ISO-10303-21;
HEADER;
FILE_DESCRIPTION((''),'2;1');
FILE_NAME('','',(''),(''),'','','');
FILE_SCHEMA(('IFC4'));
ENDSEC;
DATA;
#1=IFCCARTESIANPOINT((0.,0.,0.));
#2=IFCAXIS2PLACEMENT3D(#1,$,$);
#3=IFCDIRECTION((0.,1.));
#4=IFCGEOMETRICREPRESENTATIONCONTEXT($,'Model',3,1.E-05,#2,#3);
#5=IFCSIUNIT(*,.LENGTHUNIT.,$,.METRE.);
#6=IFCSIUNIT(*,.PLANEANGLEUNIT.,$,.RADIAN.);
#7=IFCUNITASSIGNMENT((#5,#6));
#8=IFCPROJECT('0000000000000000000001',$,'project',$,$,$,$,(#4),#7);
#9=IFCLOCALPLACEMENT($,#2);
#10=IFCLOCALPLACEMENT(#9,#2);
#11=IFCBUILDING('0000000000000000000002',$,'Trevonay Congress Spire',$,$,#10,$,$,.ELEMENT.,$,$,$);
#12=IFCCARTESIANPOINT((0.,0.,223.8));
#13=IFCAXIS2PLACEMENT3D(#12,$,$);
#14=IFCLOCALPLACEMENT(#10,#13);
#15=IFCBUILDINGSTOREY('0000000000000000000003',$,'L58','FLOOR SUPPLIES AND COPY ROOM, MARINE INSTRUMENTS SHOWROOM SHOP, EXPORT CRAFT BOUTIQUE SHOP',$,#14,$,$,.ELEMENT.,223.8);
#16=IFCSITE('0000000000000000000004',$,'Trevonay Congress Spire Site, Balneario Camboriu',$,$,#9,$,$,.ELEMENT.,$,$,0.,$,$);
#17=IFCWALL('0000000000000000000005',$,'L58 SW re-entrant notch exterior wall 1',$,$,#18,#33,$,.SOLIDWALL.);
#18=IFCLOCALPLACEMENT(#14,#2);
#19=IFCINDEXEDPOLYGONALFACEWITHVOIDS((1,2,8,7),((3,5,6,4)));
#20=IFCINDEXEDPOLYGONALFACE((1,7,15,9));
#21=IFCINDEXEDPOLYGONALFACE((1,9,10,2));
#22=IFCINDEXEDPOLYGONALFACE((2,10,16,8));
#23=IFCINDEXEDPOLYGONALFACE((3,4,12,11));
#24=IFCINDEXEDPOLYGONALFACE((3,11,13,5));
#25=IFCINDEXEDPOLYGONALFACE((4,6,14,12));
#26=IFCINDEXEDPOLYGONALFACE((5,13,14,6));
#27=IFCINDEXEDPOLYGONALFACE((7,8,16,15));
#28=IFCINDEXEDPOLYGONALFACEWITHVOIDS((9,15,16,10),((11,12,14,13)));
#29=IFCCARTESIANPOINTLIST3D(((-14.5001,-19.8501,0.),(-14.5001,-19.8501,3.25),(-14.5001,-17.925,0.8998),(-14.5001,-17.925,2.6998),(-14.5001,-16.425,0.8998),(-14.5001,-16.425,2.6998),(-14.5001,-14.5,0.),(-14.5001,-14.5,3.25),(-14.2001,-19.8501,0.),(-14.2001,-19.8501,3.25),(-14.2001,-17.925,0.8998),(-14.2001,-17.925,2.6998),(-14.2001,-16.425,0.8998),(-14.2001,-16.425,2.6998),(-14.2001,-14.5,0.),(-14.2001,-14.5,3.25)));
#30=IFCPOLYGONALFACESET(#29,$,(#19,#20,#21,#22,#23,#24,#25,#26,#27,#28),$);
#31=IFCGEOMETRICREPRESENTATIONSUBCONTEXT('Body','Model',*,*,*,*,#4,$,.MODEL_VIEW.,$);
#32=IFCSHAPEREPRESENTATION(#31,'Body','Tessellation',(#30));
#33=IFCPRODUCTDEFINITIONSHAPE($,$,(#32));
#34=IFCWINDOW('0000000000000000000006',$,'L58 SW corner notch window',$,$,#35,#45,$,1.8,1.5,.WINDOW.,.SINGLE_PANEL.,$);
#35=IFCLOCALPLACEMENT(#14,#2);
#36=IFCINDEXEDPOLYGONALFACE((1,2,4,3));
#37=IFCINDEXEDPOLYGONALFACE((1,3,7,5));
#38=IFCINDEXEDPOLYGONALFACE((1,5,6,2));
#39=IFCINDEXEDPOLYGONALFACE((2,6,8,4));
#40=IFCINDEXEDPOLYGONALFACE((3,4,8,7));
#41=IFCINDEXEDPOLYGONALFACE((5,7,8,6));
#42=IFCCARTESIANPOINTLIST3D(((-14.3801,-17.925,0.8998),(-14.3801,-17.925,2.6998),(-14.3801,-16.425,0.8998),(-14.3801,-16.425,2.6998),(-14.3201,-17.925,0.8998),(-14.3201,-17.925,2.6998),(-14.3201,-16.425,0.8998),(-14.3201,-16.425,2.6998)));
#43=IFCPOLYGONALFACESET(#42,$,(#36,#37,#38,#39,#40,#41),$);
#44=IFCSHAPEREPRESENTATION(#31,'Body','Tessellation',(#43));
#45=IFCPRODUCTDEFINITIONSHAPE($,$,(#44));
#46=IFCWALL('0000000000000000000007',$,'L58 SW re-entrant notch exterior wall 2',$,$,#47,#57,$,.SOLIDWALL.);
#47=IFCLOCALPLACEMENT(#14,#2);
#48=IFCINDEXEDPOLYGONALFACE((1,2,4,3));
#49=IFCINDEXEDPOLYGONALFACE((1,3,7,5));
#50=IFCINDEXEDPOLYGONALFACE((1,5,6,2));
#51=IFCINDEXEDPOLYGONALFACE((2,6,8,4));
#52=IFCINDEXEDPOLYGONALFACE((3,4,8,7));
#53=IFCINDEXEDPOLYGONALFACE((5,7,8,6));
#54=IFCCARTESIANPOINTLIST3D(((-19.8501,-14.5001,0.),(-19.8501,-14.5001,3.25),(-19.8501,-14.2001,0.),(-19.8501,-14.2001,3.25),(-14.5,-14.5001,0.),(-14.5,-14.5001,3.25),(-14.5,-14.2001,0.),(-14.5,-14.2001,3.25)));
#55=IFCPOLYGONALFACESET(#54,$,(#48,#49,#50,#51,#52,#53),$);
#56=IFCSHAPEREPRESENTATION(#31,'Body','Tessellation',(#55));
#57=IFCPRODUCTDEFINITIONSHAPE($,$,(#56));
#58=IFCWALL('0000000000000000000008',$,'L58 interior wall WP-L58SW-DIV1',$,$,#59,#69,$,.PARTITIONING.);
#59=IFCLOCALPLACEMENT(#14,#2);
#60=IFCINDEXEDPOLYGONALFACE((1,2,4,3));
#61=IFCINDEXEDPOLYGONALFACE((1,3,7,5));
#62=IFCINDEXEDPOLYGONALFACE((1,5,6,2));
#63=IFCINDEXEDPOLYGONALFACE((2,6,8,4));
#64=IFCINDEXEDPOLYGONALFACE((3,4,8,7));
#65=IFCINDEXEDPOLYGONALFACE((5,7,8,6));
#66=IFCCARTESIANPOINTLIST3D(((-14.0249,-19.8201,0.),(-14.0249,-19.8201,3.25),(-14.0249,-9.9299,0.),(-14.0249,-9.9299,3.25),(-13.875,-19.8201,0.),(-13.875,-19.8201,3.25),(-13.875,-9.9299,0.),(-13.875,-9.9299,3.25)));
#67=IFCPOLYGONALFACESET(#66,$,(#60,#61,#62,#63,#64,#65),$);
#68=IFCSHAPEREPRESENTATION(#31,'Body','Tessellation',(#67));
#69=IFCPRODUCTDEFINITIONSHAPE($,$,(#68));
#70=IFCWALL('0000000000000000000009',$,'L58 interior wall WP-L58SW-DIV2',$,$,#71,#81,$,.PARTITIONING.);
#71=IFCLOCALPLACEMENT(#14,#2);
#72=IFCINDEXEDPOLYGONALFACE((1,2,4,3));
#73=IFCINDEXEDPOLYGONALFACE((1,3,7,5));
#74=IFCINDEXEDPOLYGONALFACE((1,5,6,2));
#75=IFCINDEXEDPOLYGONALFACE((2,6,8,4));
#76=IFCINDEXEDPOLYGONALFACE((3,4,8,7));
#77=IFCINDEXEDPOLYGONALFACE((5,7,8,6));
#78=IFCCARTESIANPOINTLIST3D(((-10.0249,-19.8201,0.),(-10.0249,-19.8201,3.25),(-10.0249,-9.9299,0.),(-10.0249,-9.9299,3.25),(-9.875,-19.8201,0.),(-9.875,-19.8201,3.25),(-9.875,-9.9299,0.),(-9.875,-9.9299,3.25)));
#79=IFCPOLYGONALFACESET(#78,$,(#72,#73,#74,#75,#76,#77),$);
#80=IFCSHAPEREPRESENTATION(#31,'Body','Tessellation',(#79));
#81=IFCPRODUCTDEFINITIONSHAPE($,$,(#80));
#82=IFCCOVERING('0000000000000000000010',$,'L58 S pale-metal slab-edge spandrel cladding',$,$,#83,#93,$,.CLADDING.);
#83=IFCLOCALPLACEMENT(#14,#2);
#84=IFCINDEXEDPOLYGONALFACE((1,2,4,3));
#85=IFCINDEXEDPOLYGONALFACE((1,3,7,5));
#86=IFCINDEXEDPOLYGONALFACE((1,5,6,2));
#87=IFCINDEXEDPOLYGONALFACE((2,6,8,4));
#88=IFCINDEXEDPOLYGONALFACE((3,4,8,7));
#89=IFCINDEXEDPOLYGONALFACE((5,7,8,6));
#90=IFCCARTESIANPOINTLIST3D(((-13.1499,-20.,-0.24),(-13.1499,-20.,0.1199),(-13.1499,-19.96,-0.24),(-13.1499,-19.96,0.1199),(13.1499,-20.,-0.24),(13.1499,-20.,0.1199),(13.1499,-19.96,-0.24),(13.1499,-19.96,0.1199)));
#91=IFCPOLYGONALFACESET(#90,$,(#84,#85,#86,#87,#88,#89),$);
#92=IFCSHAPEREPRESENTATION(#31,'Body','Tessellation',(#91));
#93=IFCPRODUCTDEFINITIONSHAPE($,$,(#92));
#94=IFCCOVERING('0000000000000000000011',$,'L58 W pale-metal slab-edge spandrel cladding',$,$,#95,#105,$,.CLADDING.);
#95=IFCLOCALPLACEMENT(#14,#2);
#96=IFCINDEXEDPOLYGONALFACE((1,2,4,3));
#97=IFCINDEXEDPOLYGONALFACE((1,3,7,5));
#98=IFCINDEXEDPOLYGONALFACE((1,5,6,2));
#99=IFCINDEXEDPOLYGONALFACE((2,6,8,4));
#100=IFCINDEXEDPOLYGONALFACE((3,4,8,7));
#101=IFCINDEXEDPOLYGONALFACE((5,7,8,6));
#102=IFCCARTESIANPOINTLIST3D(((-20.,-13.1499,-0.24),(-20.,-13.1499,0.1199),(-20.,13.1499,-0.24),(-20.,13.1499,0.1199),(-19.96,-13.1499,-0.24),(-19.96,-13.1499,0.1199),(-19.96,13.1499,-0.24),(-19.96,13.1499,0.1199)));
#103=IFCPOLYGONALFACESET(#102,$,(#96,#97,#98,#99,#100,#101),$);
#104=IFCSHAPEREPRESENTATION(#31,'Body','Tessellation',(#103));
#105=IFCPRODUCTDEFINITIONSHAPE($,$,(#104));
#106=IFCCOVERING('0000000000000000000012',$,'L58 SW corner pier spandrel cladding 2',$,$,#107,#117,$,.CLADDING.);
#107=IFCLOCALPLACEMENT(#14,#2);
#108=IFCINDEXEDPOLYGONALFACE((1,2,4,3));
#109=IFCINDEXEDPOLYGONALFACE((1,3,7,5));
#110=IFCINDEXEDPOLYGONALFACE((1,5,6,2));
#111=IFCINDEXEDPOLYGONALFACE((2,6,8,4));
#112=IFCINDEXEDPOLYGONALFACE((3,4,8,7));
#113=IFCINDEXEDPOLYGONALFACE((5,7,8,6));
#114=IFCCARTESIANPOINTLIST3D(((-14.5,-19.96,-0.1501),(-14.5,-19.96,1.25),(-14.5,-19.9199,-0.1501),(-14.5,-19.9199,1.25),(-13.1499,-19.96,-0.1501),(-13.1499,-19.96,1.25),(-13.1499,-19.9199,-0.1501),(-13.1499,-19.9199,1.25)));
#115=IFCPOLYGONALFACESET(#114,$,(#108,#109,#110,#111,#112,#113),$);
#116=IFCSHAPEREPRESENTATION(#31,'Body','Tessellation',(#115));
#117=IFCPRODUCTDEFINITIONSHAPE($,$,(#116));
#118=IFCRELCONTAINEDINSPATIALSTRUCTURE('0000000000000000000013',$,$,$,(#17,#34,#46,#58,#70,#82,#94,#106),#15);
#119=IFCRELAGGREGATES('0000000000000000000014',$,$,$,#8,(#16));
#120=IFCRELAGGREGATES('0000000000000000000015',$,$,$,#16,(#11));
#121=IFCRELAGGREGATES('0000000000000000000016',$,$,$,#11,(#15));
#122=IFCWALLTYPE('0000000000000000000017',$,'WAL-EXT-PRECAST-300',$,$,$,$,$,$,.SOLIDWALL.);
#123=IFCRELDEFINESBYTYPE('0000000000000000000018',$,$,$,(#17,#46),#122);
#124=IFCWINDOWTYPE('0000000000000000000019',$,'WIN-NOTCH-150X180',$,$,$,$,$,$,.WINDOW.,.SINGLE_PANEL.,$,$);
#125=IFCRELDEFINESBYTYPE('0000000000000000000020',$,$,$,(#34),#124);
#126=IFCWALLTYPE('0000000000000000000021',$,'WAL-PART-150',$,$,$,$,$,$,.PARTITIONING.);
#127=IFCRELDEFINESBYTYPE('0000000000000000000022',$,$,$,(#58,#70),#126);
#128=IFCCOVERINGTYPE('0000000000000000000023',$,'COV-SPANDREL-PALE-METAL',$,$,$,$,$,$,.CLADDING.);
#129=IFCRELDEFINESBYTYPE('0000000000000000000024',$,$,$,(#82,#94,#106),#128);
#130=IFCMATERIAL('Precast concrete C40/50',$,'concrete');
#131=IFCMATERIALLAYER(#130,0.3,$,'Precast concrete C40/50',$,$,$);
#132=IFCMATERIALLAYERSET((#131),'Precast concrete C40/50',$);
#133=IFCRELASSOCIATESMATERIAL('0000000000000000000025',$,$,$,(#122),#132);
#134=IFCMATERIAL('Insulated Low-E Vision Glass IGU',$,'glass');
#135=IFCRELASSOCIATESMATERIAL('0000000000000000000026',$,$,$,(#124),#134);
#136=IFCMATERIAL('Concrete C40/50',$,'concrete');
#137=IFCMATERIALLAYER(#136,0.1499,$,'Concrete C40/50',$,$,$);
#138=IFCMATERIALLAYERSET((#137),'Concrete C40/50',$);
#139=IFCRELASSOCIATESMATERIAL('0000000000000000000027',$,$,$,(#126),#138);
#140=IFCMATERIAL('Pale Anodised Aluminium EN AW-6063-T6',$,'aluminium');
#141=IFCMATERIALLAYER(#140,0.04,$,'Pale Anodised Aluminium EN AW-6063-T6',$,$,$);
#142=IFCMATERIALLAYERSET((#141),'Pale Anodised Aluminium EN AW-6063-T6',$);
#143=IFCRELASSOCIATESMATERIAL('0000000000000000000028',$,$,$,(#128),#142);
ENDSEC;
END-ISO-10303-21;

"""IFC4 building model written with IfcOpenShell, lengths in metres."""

from ifc_helpers import new_model, si_unit, direction, frame, frame_2d, origin, place, context, subcontext, project, spatial, rectangle, extrude, material, layer, layer_set, type_object, element, fill, save


model = new_model("IFC4")

# Units and contexts
model_context = context("Model", 3, precision=1e-05, world=origin(), true_north=direction((0.0, 1.0)))
body_context = subcontext(model_context, "Body", "Model", "MODEL_VIEW")
ifc_project = project(units=[si_unit("LENGTHUNIT", "METRE"), si_unit("PLANEANGLEUNIT", "RADIAN")], contexts=[model_context])

# Site, building, storey
site_placement = place(None, origin())
site = spatial("IfcSite", under=ifc_project, at=site_placement, Name="Trevonay Congress Spire Site, Balneario Camboriu", CompositionType="ELEMENT", RefElevation=0.0)
building_placement = place(site_placement, origin())
building = spatial("IfcBuilding", under=site, at=building_placement, Name="Trevonay Congress Spire", CompositionType="ELEMENT")
storey_placement = place(building_placement, frame((0.0, 0.0, 223.8)))
storey = spatial("IfcBuildingStorey", under=building, at=storey_placement, Name="L58", Description="FLOOR SUPPLIES AND COPY ROOM, MARINE INSTRUMENTS SHOWROOM SHOP, EXPORT CRAFT BOUTIQUE SHOP", CompositionType="ELEMENT", Elevation=223.8)

# Shared definitions
ifc_material_1 = material(Name="Precast concrete C40/50", Category="concrete")
ifc_layer_1 = layer(ifc_material_1, 0.3, Name="Precast concrete C40/50")
ifc_layer_set_1 = layer_set([ifc_layer_1], Name="Precast concrete C40/50")
wall_type_1 = type_object("IfcWallType", Name="WAL-EXT-PRECAST-300", PredefinedType="SOLIDWALL", material=ifc_layer_set_1)

# Wall, opening, window
wall_1_placement = place(storey_placement, frame((-14.3501, -19.8501, 0.0), z_axis=(0.0, 0.0, 1.0), x_axis=(0.0, 1.0, 0.0)))
wall_1 = element("IfcWall", 1, at=wall_1_placement, inside=storey, type_object=wall_type_1, Name="L58 SW re-entrant notch exterior wall 1", PredefinedType="SOLIDWALL", context=body_context, shape_type="SweptSolid", body=[
    extrude(rectangle(XDim=5.3501, YDim=0.3, at=frame_2d((2.675, 0.0))), origin(), (0.0, 0.0, 1.0), 3.25),
])
opening_placement = place(wall_1_placement, frame((1.925, 0.0, 0.8999)))
opening = element("IfcOpeningElement", 2, at=opening_placement, cuts=wall_1, PredefinedType="OPENING", context=body_context, shape_type="SweptSolid", body=[
    extrude(rectangle(XDim=1.5, YDim=1.8, at=frame_2d((0.75, 0.8999))), frame((0.0, 0.1602, 0.0), z_axis=(0.0, -1.0, 0.0), x_axis=(1.0, 0.0, 0.0)), (0.0, 0.0, 1.0), 0.3201),
])
ifc_material_2 = material(Name="Insulated Low-E Vision Glass IGU", Category="glass")
window_type = type_object("IfcWindowType", Name="WIN-NOTCH-150X180", PartitioningType="SINGLE_PANEL", PredefinedType="WINDOW", material=ifc_material_2)
window_placement = place(opening_placement, origin())
window = element("IfcWindow", 3, at=window_placement, inside=storey, type_object=window_type, Name="L58 SW corner notch window", OverallHeight=1.8, OverallWidth=1.5, PartitioningType="SINGLE_PANEL", PredefinedType="WINDOW", context=body_context, shape_type="SweptSolid", body=[
    extrude(rectangle(XDim=1.5, YDim=1.8, at=frame_2d((0.75, 0.8999))), frame((0.0, 0.03, 0.0), z_axis=(0.0, -1.0, 0.0), x_axis=(1.0, 0.0, 0.0)), (0.0, 0.0, 1.0), 0.0601),
])
fill(opening, window)

# Walls
wall_2_placement = place(storey_placement, frame((-19.8501, -14.3501, 0.0), z_axis=(0.0, 0.0, 1.0), x_axis=(1.0, 0.0, 0.0)))
element("IfcWall", 4, at=wall_2_placement, inside=storey, type_object=wall_type_1, Name="L58 SW re-entrant notch exterior wall 2", PredefinedType="SOLIDWALL", context=body_context, shape_type="SweptSolid", body=[
    extrude(rectangle(XDim=5.3501, YDim=0.3, at=frame_2d((2.675, 0.0))), origin(), (0.0, 0.0, 1.0), 3.25),
])
ifc_material_3 = material(Name="Concrete C40/50", Category="concrete")
ifc_layer_2 = layer(ifc_material_3, 0.1499, Name="Concrete C40/50")
ifc_layer_set_2 = layer_set([ifc_layer_2], Name="Concrete C40/50")
wall_type_2 = type_object("IfcWallType", Name="WAL-PART-150", PredefinedType="PARTITIONING", material=ifc_layer_set_2)
for number, where, z_axis, x_axis, name in (
    (5, (-13.95, -19.8201, 0.0), (0.0, 0.0, 1.0), (0.0, 1.0, 0.0), "L58 interior wall WP-L58SW-DIV1"),
    (6, (-9.95, -19.8201, 0.0), (0.0, 0.0, 1.0), (0.0, 1.0, 0.0), "L58 interior wall WP-L58SW-DIV2"),
):
    element("IfcWall", number, at=place(storey_placement, frame(where, z_axis=z_axis, x_axis=x_axis)), inside=storey, type_object=wall_type_2, Name=name, PredefinedType="PARTITIONING", context=body_context, shape_type="SweptSolid", body=[
        extrude(rectangle(XDim=9.8901, YDim=0.1499, at=frame_2d((4.9451, 0.0))), origin(), (0.0, 0.0, 1.0), 3.25),
    ])

# Coverings
ifc_material_4 = material(Name="Pale Anodised Aluminium EN AW-6063-T6", Category="aluminium")
ifc_layer_3 = layer(ifc_material_4, 0.04, Name="Pale Anodised Aluminium EN AW-6063-T6")
ifc_layer_set_3 = layer_set([ifc_layer_3], Name="Pale Anodised Aluminium EN AW-6063-T6")
covering_type = type_object("IfcCoveringType", Name="COV-SPANDREL-PALE-METAL", PredefinedType="CLADDING", material=ifc_layer_set_3)
for number, where, z_axis, x_axis, name in (
    (7, (-13.1499, -19.98, -0.24), (0.0, 0.0, 1.0), (1.0, 0.0, 0.0), "L58 S pale-metal slab-edge spandrel cladding"),
    (8, (-19.98, -13.1499, -0.24), (0.0, 0.0, 1.0), (0.0, 1.0, 0.0), "L58 W pale-metal slab-edge spandrel cladding"),
):
    element("IfcCovering", number, at=place(storey_placement, frame(where, z_axis=z_axis, x_axis=x_axis)), inside=storey, type_object=covering_type, Name=name, PredefinedType="CLADDING", context=body_context, shape_type="SweptSolid", body=[
        extrude(rectangle(XDim=26.2998, YDim=0.04, at=frame_2d((13.1499, 0.0))), origin(), (0.0, 0.0, 1.0), 0.3599),
    ])
covering_placement = place(storey_placement, frame((-13.1499, -19.9399, -0.1501), z_axis=(0.0, 0.0, 1.0), x_axis=(-1.0, 0.0, 0.0)))
element("IfcCovering", 9, at=covering_placement, inside=storey, type_object=covering_type, Name="L58 SW corner pier spandrel cladding 2", PredefinedType="CLADDING", context=body_context, shape_type="SweptSolid", body=[
    extrude(rectangle(XDim=1.3501, YDim=0.04, at=frame_2d((0.675, 0.0))), origin(), (0.0, 0.0, 1.0), 1.4001),
])

save(model, "model.ifc")
